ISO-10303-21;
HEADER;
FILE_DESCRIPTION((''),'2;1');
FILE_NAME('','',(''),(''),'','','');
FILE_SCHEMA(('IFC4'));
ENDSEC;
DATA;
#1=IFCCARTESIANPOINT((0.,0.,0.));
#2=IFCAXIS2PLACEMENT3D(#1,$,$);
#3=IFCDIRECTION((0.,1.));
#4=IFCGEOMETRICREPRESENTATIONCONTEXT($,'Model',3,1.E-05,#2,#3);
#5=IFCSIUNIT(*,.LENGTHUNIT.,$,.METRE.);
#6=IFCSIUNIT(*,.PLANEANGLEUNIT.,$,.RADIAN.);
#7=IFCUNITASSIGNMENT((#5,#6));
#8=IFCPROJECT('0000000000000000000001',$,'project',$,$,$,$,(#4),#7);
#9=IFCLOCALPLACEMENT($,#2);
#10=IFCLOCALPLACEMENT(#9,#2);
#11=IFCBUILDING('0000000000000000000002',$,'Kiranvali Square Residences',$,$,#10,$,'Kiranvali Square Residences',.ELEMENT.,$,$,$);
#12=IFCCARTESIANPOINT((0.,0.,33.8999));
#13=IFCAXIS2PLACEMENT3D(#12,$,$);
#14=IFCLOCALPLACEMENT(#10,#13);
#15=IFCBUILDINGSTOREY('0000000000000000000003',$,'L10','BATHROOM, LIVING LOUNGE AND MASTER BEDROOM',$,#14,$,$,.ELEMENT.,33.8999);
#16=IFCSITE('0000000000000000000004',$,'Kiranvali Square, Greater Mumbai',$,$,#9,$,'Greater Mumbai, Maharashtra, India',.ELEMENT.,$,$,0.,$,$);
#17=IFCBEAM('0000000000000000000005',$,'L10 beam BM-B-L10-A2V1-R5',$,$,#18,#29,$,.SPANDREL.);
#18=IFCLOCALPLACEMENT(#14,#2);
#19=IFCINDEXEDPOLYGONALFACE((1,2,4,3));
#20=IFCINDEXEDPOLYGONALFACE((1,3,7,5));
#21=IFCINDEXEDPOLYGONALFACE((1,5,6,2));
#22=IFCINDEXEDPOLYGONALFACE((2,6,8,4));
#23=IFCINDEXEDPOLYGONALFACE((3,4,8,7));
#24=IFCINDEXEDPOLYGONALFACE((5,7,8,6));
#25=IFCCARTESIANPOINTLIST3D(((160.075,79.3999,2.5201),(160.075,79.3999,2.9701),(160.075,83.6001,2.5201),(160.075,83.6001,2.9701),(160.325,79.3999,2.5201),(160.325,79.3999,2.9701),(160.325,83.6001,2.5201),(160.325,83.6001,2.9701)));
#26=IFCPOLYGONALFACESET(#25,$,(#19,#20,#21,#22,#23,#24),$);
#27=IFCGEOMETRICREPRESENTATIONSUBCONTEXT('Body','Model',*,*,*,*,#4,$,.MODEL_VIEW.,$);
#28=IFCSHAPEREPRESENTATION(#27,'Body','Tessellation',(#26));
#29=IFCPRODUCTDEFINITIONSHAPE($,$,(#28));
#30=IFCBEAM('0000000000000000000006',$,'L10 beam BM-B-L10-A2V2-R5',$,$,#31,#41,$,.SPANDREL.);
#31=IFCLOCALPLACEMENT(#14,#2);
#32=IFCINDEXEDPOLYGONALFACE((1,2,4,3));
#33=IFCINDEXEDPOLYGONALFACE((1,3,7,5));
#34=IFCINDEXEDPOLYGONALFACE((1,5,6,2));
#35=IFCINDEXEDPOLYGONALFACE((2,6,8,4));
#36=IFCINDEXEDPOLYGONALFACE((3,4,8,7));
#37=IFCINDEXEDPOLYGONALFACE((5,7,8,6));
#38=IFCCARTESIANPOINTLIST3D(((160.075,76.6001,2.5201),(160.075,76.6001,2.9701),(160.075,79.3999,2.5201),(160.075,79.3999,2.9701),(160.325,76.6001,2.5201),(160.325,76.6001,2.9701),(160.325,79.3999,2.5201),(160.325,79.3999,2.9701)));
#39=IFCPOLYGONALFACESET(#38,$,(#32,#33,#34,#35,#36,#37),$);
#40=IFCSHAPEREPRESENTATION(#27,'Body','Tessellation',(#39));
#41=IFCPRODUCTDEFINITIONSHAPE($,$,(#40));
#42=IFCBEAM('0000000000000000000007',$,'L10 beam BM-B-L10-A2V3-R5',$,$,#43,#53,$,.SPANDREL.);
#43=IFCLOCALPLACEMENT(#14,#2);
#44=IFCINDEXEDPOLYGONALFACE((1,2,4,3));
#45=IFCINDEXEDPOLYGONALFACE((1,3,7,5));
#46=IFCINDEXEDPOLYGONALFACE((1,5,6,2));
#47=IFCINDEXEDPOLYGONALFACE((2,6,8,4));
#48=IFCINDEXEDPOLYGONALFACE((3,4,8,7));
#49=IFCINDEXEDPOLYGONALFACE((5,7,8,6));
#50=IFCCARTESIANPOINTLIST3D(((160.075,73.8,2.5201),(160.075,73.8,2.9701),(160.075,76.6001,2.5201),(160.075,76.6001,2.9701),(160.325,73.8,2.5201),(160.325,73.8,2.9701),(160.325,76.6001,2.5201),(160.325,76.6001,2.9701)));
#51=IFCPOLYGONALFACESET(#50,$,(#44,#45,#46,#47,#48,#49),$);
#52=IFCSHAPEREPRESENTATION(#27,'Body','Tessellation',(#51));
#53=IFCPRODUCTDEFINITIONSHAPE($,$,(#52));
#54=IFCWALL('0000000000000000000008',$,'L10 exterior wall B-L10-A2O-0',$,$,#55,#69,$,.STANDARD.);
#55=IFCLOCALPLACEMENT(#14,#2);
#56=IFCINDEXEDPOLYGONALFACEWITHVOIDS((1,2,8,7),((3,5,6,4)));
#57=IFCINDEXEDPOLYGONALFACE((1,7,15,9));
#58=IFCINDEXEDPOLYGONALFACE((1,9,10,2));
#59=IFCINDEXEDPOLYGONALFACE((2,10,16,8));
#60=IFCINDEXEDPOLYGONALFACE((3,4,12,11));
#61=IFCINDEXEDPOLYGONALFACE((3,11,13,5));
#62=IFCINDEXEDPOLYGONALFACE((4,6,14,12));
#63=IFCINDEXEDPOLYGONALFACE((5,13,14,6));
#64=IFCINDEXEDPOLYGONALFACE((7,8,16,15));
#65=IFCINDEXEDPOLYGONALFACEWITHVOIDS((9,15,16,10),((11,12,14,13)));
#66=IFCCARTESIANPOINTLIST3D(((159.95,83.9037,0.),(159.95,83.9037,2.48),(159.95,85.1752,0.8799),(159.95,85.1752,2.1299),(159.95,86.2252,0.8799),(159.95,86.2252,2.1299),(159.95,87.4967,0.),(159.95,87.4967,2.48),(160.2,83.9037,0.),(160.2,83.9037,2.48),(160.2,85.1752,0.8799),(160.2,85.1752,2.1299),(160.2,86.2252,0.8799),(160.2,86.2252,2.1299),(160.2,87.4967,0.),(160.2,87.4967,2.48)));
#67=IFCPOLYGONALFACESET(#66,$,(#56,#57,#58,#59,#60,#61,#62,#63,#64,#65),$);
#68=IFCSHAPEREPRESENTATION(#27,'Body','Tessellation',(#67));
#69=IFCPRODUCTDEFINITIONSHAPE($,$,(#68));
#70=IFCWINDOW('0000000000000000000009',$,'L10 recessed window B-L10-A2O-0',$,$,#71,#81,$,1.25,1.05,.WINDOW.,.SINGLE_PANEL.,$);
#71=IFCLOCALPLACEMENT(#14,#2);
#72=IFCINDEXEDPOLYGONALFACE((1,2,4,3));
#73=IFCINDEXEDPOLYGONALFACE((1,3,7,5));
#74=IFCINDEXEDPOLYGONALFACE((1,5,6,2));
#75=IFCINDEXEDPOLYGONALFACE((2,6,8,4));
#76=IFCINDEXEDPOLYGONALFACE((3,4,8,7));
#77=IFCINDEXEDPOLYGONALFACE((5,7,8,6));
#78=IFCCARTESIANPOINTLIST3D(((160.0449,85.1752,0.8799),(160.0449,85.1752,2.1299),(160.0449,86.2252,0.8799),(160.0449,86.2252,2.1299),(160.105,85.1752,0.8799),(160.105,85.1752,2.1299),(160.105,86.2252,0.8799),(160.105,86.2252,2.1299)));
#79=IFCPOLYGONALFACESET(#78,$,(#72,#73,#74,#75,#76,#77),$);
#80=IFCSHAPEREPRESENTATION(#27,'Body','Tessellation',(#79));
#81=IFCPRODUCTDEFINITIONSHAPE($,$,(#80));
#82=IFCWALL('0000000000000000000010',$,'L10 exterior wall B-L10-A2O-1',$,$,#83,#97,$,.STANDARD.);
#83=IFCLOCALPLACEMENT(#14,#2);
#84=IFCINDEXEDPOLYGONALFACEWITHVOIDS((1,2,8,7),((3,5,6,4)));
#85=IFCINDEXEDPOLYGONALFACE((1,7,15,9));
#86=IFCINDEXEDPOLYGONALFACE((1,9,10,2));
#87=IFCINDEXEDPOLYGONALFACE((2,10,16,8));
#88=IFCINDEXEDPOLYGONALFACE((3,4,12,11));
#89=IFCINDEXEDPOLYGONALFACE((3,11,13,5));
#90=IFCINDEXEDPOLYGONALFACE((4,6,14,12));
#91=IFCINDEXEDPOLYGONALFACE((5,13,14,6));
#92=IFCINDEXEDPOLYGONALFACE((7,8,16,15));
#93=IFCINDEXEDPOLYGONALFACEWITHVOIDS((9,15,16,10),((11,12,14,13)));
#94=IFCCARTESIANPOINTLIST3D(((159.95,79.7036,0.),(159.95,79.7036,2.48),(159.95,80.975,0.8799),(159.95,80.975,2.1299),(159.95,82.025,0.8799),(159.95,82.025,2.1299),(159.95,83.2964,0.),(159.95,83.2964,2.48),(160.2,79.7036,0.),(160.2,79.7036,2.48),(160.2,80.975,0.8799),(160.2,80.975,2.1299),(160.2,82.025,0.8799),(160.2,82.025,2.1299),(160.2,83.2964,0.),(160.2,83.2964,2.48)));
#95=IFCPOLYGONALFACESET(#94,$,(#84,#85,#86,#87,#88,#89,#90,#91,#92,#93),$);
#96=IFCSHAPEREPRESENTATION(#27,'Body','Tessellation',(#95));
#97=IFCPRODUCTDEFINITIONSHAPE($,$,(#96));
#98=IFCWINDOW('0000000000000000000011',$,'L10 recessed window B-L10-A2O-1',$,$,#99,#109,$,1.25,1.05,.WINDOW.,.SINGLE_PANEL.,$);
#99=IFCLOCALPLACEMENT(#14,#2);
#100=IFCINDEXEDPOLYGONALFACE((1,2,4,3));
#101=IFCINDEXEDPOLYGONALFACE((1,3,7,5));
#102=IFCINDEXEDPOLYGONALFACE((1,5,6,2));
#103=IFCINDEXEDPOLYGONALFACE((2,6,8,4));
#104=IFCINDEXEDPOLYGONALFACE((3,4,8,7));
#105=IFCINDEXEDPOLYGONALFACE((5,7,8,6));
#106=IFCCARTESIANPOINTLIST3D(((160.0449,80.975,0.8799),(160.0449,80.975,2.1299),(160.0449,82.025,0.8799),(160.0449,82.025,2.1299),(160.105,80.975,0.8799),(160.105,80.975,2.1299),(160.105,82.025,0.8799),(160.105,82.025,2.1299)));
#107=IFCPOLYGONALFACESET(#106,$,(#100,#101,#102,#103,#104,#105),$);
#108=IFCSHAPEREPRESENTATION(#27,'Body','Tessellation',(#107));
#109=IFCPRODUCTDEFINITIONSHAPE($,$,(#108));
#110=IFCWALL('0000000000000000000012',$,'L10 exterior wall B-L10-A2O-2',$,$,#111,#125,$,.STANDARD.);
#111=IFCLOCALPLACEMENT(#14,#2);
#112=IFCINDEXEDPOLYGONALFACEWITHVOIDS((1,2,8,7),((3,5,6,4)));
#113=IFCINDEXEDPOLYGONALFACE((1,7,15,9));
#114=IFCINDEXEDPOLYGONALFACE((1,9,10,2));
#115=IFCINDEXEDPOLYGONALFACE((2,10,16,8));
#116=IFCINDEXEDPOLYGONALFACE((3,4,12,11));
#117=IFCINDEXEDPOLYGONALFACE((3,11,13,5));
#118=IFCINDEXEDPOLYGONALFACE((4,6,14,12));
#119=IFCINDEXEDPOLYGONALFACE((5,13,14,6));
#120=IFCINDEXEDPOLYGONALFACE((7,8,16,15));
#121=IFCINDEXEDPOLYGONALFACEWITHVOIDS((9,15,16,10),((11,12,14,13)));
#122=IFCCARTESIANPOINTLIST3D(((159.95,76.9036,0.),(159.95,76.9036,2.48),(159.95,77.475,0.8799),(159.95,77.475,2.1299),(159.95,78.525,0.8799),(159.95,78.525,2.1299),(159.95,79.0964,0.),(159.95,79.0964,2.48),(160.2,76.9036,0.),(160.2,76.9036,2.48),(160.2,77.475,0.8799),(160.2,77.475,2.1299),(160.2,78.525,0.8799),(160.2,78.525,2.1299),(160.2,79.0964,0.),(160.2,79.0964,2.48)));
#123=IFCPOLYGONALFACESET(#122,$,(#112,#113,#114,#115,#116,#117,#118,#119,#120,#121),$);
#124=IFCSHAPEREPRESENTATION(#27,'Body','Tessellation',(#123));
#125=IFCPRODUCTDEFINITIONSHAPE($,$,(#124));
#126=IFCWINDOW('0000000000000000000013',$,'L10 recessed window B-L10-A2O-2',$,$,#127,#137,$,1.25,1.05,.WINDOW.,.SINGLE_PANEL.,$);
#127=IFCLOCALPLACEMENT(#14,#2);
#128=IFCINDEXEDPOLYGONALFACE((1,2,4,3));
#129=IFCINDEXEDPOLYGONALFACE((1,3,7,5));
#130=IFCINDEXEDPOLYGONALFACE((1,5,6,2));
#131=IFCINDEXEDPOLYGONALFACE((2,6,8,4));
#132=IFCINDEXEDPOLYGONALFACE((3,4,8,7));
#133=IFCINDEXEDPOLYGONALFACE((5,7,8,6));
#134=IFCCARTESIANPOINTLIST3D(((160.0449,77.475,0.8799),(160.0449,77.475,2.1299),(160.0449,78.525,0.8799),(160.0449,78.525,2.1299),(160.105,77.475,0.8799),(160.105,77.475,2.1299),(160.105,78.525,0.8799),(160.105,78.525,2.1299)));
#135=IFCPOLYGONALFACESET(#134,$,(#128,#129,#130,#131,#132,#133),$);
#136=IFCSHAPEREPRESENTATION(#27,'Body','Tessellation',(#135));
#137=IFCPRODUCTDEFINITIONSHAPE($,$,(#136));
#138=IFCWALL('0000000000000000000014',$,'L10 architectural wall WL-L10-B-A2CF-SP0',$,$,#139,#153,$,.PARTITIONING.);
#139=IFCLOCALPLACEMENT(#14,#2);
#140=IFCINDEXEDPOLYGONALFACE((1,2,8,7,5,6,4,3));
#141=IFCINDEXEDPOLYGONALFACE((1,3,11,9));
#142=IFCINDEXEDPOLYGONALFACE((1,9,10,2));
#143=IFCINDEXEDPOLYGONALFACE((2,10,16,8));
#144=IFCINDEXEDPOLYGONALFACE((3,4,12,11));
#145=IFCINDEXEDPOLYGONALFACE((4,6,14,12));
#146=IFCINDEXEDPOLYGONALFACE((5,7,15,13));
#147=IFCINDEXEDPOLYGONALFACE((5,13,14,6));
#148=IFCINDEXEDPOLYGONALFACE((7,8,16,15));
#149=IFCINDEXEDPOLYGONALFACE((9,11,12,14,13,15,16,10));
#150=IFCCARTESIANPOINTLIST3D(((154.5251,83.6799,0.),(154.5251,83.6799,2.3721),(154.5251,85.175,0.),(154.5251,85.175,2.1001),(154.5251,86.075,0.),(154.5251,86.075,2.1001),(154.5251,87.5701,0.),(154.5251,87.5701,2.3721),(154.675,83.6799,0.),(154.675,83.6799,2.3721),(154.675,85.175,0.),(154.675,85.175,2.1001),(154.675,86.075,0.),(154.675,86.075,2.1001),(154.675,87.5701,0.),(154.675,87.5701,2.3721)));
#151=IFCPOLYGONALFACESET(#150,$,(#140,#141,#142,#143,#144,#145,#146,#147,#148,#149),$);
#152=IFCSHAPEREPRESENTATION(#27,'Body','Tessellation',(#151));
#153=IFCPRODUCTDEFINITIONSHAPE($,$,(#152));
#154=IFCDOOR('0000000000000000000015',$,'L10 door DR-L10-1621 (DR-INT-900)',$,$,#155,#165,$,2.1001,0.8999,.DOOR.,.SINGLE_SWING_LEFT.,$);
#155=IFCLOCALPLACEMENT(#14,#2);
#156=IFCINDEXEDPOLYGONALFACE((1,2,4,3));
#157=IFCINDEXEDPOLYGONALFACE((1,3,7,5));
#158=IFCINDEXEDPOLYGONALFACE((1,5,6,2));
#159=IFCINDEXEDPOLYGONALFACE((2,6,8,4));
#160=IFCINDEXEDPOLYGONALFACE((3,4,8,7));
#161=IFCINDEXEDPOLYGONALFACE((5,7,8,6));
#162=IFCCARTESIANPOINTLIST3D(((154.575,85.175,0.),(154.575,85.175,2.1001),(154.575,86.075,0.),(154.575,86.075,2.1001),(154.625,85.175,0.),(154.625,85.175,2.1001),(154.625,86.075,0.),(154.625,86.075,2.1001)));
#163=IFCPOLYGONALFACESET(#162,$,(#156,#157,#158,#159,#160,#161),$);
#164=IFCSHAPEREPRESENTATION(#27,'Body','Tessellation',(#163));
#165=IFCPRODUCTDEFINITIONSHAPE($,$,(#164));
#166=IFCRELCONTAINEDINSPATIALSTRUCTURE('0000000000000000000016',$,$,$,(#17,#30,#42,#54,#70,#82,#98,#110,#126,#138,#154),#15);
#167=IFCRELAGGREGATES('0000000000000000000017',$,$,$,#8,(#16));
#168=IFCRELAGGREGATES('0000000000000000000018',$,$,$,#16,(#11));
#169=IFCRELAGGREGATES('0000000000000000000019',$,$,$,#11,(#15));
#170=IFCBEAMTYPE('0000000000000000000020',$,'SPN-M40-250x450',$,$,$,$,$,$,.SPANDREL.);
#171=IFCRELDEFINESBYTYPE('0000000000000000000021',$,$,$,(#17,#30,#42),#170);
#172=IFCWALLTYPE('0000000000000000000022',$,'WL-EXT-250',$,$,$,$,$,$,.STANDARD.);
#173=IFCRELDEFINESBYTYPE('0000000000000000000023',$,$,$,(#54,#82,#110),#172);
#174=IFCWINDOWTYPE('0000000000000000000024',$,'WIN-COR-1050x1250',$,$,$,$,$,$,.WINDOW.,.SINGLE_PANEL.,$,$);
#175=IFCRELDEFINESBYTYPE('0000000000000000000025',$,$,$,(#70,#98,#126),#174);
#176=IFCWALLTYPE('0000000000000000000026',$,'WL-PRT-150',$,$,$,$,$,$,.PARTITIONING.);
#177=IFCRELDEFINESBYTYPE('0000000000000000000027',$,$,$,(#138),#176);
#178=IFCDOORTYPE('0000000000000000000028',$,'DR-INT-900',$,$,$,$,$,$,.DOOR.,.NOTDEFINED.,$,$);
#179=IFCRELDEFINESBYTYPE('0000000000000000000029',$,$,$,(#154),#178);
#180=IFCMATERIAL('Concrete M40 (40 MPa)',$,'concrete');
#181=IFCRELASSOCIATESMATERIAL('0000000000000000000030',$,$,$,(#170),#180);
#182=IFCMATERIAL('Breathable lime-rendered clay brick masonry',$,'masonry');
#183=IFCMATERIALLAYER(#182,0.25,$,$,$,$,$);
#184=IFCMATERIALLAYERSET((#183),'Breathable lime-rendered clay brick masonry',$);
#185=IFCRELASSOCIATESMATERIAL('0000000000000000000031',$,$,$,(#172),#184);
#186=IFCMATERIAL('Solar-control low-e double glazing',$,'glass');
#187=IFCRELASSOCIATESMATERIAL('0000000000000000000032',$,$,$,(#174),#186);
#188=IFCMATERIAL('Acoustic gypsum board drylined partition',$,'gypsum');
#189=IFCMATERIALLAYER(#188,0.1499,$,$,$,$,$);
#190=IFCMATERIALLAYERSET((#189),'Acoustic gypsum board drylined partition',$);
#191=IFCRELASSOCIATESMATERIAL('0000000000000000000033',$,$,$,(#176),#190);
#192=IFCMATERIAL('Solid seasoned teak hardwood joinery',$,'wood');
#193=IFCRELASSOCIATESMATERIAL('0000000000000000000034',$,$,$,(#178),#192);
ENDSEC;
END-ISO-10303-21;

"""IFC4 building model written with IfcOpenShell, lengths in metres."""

from ifc_helpers import new_model, si_unit, direction, frame, frame_2d, origin, origin_2d, place, context, subcontext, project, spatial, rectangle, extrude, material, layer, layer_set, material_profile, profile_set, type_object, element, fill, save


model = new_model("IFC4")

# Units and contexts
model_context = context("Model", 3, precision=1e-05, world=origin(), true_north=direction((0.0, 1.0)))
body_context = subcontext(model_context, "Body", "Model", "MODEL_VIEW")
ifc_project = project(units=[si_unit("LENGTHUNIT", "METRE"), si_unit("PLANEANGLEUNIT", "RADIAN")], contexts=[model_context])

# Site, building, storey
site_placement = place(None, origin())
site = spatial("IfcSite", under=ifc_project, at=site_placement, Name="Kiranvali Square, Greater Mumbai", LongName="Greater Mumbai, Maharashtra, India", CompositionType="ELEMENT", RefElevation=0.0)
building_placement = place(site_placement, origin())
building = spatial("IfcBuilding", under=site, at=building_placement, Name="Kiranvali Square Residences", LongName="Kiranvali Square Residences", CompositionType="ELEMENT")
storey_placement = place(building_placement, frame((0.0, 0.0, 33.8999)))
storey = spatial("IfcBuildingStorey", under=building, at=storey_placement, Name="L10", Description="BATHROOM, LIVING LOUNGE AND MASTER BEDROOM", CompositionType="ELEMENT", Elevation=33.8999)

# Shared definitions
ifc_material_1 = material(Name="Concrete M40 (40 MPa)", Category="concrete")

# Beams
ifc_material_profile_1 = material_profile(ifc_material_1, rectangle(XDim=0.25, YDim=0.45, at=origin_2d()), Name="RC 250x450")
ifc_profile_set_1 = profile_set([ifc_material_profile_1], Name="Concrete M40 (40 MPa)")
beam_type_1 = type_object("IfcBeamType", Name="SPN-M40-250x450", PredefinedType="SPANDREL", material=ifc_profile_set_1)
beam_1_placement = place(storey_placement, frame((160.2, 83.6001, 2.7451), z_axis=(0.0, -1.0, 0.0), x_axis=(1.0, 0.0, 0.0)))
element("IfcBeam", 1, at=beam_1_placement, inside=storey, type_object=beam_type_1, Name="L10 beam BM-B-L10-A2V1-R5", PredefinedType="SPANDREL", context=body_context, shape_type="SweptSolid", body=[
    extrude(rectangle(XDim=0.25, YDim=0.45, at=origin_2d()), origin(), (0.0, 0.0, 1.0), 4.2002),
])
beam_2_placement = place(storey_placement, frame((160.2, 79.3999, 2.7451), z_axis=(0.0, -1.0, 0.0), x_axis=(1.0, 0.0, 0.0)))
element("IfcBeam", 2, at=beam_2_placement, inside=storey, type_object=beam_type_1, Name="L10 beam BM-B-L10-A2V2-R5", PredefinedType="SPANDREL", context=body_context, shape_type="SweptSolid", body=[
    extrude(rectangle(XDim=0.25, YDim=0.45, at=origin_2d()), origin(), (0.0, 0.0, 1.0), 2.7998),
])
beam_3_placement = place(storey_placement, frame((160.2, 76.6001, 2.7451), z_axis=(0.0, -1.0, 0.0), x_axis=(1.0, 0.0, 0.0)))
element("IfcBeam", 3, at=beam_3_placement, inside=storey, type_object=beam_type_1, Name="L10 beam BM-B-L10-A2V3-R5", PredefinedType="SPANDREL", context=body_context, shape_type="SweptSolid", body=[
    extrude(rectangle(XDim=0.25, YDim=0.45, at=origin_2d()), origin(), (0.0, 0.0, 1.0), 2.8),
])

# Walls, openings, windows
ifc_material_2 = material(Name="Breathable lime-rendered clay brick masonry", Category="masonry")
ifc_layer_1 = layer(ifc_material_2, 0.25)
ifc_layer_set_1 = layer_set([ifc_layer_1], Name="Breathable lime-rendered clay brick masonry")
wall_type_1 = type_object("IfcWallType", Name="WL-EXT-250", PredefinedType="STANDARD", material=ifc_layer_set_1)
wall_1_placement = place(storey_placement, frame((160.075, 87.4966, 0.0), z_axis=(0.0, 0.0, 1.0), x_axis=(0.0, -1.0, 0.0)))
wall_1 = element("IfcWall", 4, at=wall_1_placement, inside=storey, type_object=wall_type_1, Name="L10 exterior wall B-L10-A2O-0", PredefinedType="STANDARD", context=body_context, shape_type="SweptSolid", body=[
    extrude(rectangle(XDim=3.593, YDim=0.25, at=frame_2d((1.7964, 0.0))), origin(), (0.0, 0.0, 1.0), 2.48),
])
opening_1_placement = place(wall_1_placement, frame((1.2715, 0.0, 0.8799)))
opening_1 = element("IfcOpeningElement", 5, at=opening_1_placement, cuts=wall_1, PredefinedType="OPENING", context=body_context, shape_type="SweptSolid", body=[
    extrude(rectangle(XDim=1.05, YDim=1.25, at=frame_2d((0.5249, 0.625))), frame((0.0, 0.135, 0.0), z_axis=(0.0, -1.0, 0.0), x_axis=(1.0, 0.0, 0.0)), (0.0, 0.0, 1.0), 0.27),
])
ifc_material_3 = material(Name="Solar-control low-e double glazing", Category="glass")
window_type = type_object("IfcWindowType", Name="WIN-COR-1050x1250", PartitioningType="SINGLE_PANEL", PredefinedType="WINDOW", material=ifc_material_3)
window_1_placement = place(opening_1_placement, origin())
window_1 = element("IfcWindow", 6, at=window_1_placement, inside=storey, type_object=window_type, Name="L10 recessed window B-L10-A2O-0", OverallHeight=1.25, OverallWidth=1.05, PartitioningType="SINGLE_PANEL", PredefinedType="WINDOW", context=body_context, shape_type="SweptSolid", body=[
    extrude(rectangle(XDim=1.05, YDim=1.25, at=frame_2d((0.5249, 0.625))), frame((0.0, 0.03, 0.0), z_axis=(0.0, -1.0, 0.0), x_axis=(1.0, 0.0, 0.0)), (0.0, 0.0, 1.0), 0.0601),
])
fill(opening_1, window_1)
wall_2_placement = place(storey_placement, frame((160.075, 83.2964, 0.0), z_axis=(0.0, 0.0, 1.0), x_axis=(0.0, -1.0, 0.0)))
wall_2 = element("IfcWall", 7, at=wall_2_placement, inside=storey, type_object=wall_type_1, Name="L10 exterior wall B-L10-A2O-1", PredefinedType="STANDARD", context=body_context, shape_type="SweptSolid", body=[
    extrude(rectangle(XDim=3.5928, YDim=0.25, at=frame_2d((1.7964, 0.0))), origin(), (0.0, 0.0, 1.0), 2.48),
])
opening_2_placement = place(wall_2_placement, frame((1.2715, 0.0, 0.8799)))
opening_2 = element("IfcOpeningElement", 8, at=opening_2_placement, cuts=wall_2, PredefinedType="OPENING", context=body_context, shape_type="SweptSolid", body=[
    extrude(rectangle(XDim=1.05, YDim=1.25, at=frame_2d((0.5249, 0.625))), frame((0.0, 0.135, 0.0), z_axis=(0.0, -1.0, 0.0), x_axis=(1.0, 0.0, 0.0)), (0.0, 0.0, 1.0), 0.27),
])
window_2_placement = place(opening_2_placement, origin())
window_2 = element("IfcWindow", 9, at=window_2_placement, inside=storey, type_object=window_type, Name="L10 recessed window B-L10-A2O-1", OverallHeight=1.25, OverallWidth=1.05, PartitioningType="SINGLE_PANEL", PredefinedType="WINDOW", context=body_context, shape_type="SweptSolid", body=[
    extrude(rectangle(XDim=1.05, YDim=1.25, at=frame_2d((0.5249, 0.625))), frame((0.0, 0.03, 0.0), z_axis=(0.0, -1.0, 0.0), x_axis=(1.0, 0.0, 0.0)), (0.0, 0.0, 1.0), 0.0601),
])
fill(opening_2, window_2)
wall_3_placement = place(storey_placement, frame((160.075, 79.0964, 0.0), z_axis=(0.0, 0.0, 1.0), x_axis=(0.0, -1.0, 0.0)))
wall_3 = element("IfcWall", 10, at=wall_3_placement, inside=storey, type_object=wall_type_1, Name="L10 exterior wall B-L10-A2O-2", PredefinedType="STANDARD", context=body_context, shape_type="SweptSolid", body=[
    extrude(rectangle(XDim=2.1929, YDim=0.25, at=frame_2d((1.0964, 0.0))), origin(), (0.0, 0.0, 1.0), 2.48),
])
opening_3_placement = place(wall_3_placement, frame((0.5715, 0.0, 0.8799)))
opening_3 = element("IfcOpeningElement", 11, at=opening_3_placement, cuts=wall_3, PredefinedType="OPENING", context=body_context, shape_type="SweptSolid", body=[
    extrude(rectangle(XDim=1.05, YDim=1.25, at=frame_2d((0.5249, 0.625))), frame((0.0, 0.135, 0.0), z_axis=(0.0, -1.0, 0.0), x_axis=(1.0, 0.0, 0.0)), (0.0, 0.0, 1.0), 0.27),
])
window_3_placement = place(opening_3_placement, origin())
window_3 = element("IfcWindow", 12, at=window_3_placement, inside=storey, type_object=window_type, Name="L10 recessed window B-L10-A2O-2", OverallHeight=1.25, OverallWidth=1.05, PartitioningType="SINGLE_PANEL", PredefinedType="WINDOW", context=body_context, shape_type="SweptSolid", body=[
    extrude(rectangle(XDim=1.05, YDim=1.25, at=frame_2d((0.5249, 0.625))), frame((0.0, 0.03, 0.0), z_axis=(0.0, -1.0, 0.0), x_axis=(1.0, 0.0, 0.0)), (0.0, 0.0, 1.0), 0.0601),
])
fill(opening_3, window_3)

# Wall, opening, door
ifc_material_4 = material(Name="Acoustic gypsum board drylined partition", Category="gypsum")
ifc_layer_2 = layer(ifc_material_4, 0.1499)
ifc_layer_set_2 = layer_set([ifc_layer_2], Name="Acoustic gypsum board drylined partition")
wall_type_2 = type_object("IfcWallType", Name="WL-PRT-150", PredefinedType="PARTITIONING", material=ifc_layer_set_2)
wall_4_placement = place(storey_placement, frame((154.6001, 87.5701, 0.0), z_axis=(0.0, 0.0, 1.0), x_axis=(0.0, -1.0, 0.0)))
wall_4 = element("IfcWall", 13, at=wall_4_placement, inside=storey, type_object=wall_type_2, Name="L10 architectural wall WL-L10-B-A2CF-SP0", PredefinedType="PARTITIONING", context=body_context, shape_type="SweptSolid", body=[
    extrude(rectangle(XDim=3.8901, YDim=0.1499, at=frame_2d((1.9451, 0.0))), origin(), (0.0, 0.0, 1.0), 2.3721),
])
opening_4_placement = place(wall_4_placement, frame((1.4951, 0.0, 0.0)))
opening_4 = element("IfcOpeningElement", 14, at=opening_4_placement, cuts=wall_4, PredefinedType="OPENING", context=body_context, shape_type="SweptSolid", body=[
    extrude(rectangle(XDim=0.8999, YDim=2.1001, at=frame_2d((0.45, 1.05))), frame((0.0, 0.085, 0.0), z_axis=(0.0, -1.0, 0.0), x_axis=(1.0, 0.0, 0.0)), (0.0, 0.0, 1.0), 0.1699),
])
ifc_material_5 = material(Name="Solid seasoned teak hardwood joinery", Category="wood")
door_type = type_object("IfcDoorType", Name="DR-INT-900", OperationType="NOTDEFINED", PredefinedType="DOOR", material=ifc_material_5)
door_1_placement = place(opening_4_placement, origin())
door_1 = element("IfcDoor", 15, at=door_1_placement, inside=storey, type_object=door_type, Name="L10 door DR-L10-1621 (DR-INT-900)", OperationType="SINGLE_SWING_LEFT", OverallHeight=2.1001, OverallWidth=0.8999, PredefinedType="DOOR", context=body_context, shape_type="SweptSolid", body=[
    extrude(rectangle(XDim=0.8999, YDim=2.1001, at=frame_2d((0.45, 1.05))), frame((0.0, 0.0249, 0.0), z_axis=(0.0, -1.0, 0.0), x_axis=(1.0, 0.0, 0.0)), (0.0, 0.0, 1.0), 0.05),
])
fill(opening_4, door_1)

save(model, "model.ifc")
